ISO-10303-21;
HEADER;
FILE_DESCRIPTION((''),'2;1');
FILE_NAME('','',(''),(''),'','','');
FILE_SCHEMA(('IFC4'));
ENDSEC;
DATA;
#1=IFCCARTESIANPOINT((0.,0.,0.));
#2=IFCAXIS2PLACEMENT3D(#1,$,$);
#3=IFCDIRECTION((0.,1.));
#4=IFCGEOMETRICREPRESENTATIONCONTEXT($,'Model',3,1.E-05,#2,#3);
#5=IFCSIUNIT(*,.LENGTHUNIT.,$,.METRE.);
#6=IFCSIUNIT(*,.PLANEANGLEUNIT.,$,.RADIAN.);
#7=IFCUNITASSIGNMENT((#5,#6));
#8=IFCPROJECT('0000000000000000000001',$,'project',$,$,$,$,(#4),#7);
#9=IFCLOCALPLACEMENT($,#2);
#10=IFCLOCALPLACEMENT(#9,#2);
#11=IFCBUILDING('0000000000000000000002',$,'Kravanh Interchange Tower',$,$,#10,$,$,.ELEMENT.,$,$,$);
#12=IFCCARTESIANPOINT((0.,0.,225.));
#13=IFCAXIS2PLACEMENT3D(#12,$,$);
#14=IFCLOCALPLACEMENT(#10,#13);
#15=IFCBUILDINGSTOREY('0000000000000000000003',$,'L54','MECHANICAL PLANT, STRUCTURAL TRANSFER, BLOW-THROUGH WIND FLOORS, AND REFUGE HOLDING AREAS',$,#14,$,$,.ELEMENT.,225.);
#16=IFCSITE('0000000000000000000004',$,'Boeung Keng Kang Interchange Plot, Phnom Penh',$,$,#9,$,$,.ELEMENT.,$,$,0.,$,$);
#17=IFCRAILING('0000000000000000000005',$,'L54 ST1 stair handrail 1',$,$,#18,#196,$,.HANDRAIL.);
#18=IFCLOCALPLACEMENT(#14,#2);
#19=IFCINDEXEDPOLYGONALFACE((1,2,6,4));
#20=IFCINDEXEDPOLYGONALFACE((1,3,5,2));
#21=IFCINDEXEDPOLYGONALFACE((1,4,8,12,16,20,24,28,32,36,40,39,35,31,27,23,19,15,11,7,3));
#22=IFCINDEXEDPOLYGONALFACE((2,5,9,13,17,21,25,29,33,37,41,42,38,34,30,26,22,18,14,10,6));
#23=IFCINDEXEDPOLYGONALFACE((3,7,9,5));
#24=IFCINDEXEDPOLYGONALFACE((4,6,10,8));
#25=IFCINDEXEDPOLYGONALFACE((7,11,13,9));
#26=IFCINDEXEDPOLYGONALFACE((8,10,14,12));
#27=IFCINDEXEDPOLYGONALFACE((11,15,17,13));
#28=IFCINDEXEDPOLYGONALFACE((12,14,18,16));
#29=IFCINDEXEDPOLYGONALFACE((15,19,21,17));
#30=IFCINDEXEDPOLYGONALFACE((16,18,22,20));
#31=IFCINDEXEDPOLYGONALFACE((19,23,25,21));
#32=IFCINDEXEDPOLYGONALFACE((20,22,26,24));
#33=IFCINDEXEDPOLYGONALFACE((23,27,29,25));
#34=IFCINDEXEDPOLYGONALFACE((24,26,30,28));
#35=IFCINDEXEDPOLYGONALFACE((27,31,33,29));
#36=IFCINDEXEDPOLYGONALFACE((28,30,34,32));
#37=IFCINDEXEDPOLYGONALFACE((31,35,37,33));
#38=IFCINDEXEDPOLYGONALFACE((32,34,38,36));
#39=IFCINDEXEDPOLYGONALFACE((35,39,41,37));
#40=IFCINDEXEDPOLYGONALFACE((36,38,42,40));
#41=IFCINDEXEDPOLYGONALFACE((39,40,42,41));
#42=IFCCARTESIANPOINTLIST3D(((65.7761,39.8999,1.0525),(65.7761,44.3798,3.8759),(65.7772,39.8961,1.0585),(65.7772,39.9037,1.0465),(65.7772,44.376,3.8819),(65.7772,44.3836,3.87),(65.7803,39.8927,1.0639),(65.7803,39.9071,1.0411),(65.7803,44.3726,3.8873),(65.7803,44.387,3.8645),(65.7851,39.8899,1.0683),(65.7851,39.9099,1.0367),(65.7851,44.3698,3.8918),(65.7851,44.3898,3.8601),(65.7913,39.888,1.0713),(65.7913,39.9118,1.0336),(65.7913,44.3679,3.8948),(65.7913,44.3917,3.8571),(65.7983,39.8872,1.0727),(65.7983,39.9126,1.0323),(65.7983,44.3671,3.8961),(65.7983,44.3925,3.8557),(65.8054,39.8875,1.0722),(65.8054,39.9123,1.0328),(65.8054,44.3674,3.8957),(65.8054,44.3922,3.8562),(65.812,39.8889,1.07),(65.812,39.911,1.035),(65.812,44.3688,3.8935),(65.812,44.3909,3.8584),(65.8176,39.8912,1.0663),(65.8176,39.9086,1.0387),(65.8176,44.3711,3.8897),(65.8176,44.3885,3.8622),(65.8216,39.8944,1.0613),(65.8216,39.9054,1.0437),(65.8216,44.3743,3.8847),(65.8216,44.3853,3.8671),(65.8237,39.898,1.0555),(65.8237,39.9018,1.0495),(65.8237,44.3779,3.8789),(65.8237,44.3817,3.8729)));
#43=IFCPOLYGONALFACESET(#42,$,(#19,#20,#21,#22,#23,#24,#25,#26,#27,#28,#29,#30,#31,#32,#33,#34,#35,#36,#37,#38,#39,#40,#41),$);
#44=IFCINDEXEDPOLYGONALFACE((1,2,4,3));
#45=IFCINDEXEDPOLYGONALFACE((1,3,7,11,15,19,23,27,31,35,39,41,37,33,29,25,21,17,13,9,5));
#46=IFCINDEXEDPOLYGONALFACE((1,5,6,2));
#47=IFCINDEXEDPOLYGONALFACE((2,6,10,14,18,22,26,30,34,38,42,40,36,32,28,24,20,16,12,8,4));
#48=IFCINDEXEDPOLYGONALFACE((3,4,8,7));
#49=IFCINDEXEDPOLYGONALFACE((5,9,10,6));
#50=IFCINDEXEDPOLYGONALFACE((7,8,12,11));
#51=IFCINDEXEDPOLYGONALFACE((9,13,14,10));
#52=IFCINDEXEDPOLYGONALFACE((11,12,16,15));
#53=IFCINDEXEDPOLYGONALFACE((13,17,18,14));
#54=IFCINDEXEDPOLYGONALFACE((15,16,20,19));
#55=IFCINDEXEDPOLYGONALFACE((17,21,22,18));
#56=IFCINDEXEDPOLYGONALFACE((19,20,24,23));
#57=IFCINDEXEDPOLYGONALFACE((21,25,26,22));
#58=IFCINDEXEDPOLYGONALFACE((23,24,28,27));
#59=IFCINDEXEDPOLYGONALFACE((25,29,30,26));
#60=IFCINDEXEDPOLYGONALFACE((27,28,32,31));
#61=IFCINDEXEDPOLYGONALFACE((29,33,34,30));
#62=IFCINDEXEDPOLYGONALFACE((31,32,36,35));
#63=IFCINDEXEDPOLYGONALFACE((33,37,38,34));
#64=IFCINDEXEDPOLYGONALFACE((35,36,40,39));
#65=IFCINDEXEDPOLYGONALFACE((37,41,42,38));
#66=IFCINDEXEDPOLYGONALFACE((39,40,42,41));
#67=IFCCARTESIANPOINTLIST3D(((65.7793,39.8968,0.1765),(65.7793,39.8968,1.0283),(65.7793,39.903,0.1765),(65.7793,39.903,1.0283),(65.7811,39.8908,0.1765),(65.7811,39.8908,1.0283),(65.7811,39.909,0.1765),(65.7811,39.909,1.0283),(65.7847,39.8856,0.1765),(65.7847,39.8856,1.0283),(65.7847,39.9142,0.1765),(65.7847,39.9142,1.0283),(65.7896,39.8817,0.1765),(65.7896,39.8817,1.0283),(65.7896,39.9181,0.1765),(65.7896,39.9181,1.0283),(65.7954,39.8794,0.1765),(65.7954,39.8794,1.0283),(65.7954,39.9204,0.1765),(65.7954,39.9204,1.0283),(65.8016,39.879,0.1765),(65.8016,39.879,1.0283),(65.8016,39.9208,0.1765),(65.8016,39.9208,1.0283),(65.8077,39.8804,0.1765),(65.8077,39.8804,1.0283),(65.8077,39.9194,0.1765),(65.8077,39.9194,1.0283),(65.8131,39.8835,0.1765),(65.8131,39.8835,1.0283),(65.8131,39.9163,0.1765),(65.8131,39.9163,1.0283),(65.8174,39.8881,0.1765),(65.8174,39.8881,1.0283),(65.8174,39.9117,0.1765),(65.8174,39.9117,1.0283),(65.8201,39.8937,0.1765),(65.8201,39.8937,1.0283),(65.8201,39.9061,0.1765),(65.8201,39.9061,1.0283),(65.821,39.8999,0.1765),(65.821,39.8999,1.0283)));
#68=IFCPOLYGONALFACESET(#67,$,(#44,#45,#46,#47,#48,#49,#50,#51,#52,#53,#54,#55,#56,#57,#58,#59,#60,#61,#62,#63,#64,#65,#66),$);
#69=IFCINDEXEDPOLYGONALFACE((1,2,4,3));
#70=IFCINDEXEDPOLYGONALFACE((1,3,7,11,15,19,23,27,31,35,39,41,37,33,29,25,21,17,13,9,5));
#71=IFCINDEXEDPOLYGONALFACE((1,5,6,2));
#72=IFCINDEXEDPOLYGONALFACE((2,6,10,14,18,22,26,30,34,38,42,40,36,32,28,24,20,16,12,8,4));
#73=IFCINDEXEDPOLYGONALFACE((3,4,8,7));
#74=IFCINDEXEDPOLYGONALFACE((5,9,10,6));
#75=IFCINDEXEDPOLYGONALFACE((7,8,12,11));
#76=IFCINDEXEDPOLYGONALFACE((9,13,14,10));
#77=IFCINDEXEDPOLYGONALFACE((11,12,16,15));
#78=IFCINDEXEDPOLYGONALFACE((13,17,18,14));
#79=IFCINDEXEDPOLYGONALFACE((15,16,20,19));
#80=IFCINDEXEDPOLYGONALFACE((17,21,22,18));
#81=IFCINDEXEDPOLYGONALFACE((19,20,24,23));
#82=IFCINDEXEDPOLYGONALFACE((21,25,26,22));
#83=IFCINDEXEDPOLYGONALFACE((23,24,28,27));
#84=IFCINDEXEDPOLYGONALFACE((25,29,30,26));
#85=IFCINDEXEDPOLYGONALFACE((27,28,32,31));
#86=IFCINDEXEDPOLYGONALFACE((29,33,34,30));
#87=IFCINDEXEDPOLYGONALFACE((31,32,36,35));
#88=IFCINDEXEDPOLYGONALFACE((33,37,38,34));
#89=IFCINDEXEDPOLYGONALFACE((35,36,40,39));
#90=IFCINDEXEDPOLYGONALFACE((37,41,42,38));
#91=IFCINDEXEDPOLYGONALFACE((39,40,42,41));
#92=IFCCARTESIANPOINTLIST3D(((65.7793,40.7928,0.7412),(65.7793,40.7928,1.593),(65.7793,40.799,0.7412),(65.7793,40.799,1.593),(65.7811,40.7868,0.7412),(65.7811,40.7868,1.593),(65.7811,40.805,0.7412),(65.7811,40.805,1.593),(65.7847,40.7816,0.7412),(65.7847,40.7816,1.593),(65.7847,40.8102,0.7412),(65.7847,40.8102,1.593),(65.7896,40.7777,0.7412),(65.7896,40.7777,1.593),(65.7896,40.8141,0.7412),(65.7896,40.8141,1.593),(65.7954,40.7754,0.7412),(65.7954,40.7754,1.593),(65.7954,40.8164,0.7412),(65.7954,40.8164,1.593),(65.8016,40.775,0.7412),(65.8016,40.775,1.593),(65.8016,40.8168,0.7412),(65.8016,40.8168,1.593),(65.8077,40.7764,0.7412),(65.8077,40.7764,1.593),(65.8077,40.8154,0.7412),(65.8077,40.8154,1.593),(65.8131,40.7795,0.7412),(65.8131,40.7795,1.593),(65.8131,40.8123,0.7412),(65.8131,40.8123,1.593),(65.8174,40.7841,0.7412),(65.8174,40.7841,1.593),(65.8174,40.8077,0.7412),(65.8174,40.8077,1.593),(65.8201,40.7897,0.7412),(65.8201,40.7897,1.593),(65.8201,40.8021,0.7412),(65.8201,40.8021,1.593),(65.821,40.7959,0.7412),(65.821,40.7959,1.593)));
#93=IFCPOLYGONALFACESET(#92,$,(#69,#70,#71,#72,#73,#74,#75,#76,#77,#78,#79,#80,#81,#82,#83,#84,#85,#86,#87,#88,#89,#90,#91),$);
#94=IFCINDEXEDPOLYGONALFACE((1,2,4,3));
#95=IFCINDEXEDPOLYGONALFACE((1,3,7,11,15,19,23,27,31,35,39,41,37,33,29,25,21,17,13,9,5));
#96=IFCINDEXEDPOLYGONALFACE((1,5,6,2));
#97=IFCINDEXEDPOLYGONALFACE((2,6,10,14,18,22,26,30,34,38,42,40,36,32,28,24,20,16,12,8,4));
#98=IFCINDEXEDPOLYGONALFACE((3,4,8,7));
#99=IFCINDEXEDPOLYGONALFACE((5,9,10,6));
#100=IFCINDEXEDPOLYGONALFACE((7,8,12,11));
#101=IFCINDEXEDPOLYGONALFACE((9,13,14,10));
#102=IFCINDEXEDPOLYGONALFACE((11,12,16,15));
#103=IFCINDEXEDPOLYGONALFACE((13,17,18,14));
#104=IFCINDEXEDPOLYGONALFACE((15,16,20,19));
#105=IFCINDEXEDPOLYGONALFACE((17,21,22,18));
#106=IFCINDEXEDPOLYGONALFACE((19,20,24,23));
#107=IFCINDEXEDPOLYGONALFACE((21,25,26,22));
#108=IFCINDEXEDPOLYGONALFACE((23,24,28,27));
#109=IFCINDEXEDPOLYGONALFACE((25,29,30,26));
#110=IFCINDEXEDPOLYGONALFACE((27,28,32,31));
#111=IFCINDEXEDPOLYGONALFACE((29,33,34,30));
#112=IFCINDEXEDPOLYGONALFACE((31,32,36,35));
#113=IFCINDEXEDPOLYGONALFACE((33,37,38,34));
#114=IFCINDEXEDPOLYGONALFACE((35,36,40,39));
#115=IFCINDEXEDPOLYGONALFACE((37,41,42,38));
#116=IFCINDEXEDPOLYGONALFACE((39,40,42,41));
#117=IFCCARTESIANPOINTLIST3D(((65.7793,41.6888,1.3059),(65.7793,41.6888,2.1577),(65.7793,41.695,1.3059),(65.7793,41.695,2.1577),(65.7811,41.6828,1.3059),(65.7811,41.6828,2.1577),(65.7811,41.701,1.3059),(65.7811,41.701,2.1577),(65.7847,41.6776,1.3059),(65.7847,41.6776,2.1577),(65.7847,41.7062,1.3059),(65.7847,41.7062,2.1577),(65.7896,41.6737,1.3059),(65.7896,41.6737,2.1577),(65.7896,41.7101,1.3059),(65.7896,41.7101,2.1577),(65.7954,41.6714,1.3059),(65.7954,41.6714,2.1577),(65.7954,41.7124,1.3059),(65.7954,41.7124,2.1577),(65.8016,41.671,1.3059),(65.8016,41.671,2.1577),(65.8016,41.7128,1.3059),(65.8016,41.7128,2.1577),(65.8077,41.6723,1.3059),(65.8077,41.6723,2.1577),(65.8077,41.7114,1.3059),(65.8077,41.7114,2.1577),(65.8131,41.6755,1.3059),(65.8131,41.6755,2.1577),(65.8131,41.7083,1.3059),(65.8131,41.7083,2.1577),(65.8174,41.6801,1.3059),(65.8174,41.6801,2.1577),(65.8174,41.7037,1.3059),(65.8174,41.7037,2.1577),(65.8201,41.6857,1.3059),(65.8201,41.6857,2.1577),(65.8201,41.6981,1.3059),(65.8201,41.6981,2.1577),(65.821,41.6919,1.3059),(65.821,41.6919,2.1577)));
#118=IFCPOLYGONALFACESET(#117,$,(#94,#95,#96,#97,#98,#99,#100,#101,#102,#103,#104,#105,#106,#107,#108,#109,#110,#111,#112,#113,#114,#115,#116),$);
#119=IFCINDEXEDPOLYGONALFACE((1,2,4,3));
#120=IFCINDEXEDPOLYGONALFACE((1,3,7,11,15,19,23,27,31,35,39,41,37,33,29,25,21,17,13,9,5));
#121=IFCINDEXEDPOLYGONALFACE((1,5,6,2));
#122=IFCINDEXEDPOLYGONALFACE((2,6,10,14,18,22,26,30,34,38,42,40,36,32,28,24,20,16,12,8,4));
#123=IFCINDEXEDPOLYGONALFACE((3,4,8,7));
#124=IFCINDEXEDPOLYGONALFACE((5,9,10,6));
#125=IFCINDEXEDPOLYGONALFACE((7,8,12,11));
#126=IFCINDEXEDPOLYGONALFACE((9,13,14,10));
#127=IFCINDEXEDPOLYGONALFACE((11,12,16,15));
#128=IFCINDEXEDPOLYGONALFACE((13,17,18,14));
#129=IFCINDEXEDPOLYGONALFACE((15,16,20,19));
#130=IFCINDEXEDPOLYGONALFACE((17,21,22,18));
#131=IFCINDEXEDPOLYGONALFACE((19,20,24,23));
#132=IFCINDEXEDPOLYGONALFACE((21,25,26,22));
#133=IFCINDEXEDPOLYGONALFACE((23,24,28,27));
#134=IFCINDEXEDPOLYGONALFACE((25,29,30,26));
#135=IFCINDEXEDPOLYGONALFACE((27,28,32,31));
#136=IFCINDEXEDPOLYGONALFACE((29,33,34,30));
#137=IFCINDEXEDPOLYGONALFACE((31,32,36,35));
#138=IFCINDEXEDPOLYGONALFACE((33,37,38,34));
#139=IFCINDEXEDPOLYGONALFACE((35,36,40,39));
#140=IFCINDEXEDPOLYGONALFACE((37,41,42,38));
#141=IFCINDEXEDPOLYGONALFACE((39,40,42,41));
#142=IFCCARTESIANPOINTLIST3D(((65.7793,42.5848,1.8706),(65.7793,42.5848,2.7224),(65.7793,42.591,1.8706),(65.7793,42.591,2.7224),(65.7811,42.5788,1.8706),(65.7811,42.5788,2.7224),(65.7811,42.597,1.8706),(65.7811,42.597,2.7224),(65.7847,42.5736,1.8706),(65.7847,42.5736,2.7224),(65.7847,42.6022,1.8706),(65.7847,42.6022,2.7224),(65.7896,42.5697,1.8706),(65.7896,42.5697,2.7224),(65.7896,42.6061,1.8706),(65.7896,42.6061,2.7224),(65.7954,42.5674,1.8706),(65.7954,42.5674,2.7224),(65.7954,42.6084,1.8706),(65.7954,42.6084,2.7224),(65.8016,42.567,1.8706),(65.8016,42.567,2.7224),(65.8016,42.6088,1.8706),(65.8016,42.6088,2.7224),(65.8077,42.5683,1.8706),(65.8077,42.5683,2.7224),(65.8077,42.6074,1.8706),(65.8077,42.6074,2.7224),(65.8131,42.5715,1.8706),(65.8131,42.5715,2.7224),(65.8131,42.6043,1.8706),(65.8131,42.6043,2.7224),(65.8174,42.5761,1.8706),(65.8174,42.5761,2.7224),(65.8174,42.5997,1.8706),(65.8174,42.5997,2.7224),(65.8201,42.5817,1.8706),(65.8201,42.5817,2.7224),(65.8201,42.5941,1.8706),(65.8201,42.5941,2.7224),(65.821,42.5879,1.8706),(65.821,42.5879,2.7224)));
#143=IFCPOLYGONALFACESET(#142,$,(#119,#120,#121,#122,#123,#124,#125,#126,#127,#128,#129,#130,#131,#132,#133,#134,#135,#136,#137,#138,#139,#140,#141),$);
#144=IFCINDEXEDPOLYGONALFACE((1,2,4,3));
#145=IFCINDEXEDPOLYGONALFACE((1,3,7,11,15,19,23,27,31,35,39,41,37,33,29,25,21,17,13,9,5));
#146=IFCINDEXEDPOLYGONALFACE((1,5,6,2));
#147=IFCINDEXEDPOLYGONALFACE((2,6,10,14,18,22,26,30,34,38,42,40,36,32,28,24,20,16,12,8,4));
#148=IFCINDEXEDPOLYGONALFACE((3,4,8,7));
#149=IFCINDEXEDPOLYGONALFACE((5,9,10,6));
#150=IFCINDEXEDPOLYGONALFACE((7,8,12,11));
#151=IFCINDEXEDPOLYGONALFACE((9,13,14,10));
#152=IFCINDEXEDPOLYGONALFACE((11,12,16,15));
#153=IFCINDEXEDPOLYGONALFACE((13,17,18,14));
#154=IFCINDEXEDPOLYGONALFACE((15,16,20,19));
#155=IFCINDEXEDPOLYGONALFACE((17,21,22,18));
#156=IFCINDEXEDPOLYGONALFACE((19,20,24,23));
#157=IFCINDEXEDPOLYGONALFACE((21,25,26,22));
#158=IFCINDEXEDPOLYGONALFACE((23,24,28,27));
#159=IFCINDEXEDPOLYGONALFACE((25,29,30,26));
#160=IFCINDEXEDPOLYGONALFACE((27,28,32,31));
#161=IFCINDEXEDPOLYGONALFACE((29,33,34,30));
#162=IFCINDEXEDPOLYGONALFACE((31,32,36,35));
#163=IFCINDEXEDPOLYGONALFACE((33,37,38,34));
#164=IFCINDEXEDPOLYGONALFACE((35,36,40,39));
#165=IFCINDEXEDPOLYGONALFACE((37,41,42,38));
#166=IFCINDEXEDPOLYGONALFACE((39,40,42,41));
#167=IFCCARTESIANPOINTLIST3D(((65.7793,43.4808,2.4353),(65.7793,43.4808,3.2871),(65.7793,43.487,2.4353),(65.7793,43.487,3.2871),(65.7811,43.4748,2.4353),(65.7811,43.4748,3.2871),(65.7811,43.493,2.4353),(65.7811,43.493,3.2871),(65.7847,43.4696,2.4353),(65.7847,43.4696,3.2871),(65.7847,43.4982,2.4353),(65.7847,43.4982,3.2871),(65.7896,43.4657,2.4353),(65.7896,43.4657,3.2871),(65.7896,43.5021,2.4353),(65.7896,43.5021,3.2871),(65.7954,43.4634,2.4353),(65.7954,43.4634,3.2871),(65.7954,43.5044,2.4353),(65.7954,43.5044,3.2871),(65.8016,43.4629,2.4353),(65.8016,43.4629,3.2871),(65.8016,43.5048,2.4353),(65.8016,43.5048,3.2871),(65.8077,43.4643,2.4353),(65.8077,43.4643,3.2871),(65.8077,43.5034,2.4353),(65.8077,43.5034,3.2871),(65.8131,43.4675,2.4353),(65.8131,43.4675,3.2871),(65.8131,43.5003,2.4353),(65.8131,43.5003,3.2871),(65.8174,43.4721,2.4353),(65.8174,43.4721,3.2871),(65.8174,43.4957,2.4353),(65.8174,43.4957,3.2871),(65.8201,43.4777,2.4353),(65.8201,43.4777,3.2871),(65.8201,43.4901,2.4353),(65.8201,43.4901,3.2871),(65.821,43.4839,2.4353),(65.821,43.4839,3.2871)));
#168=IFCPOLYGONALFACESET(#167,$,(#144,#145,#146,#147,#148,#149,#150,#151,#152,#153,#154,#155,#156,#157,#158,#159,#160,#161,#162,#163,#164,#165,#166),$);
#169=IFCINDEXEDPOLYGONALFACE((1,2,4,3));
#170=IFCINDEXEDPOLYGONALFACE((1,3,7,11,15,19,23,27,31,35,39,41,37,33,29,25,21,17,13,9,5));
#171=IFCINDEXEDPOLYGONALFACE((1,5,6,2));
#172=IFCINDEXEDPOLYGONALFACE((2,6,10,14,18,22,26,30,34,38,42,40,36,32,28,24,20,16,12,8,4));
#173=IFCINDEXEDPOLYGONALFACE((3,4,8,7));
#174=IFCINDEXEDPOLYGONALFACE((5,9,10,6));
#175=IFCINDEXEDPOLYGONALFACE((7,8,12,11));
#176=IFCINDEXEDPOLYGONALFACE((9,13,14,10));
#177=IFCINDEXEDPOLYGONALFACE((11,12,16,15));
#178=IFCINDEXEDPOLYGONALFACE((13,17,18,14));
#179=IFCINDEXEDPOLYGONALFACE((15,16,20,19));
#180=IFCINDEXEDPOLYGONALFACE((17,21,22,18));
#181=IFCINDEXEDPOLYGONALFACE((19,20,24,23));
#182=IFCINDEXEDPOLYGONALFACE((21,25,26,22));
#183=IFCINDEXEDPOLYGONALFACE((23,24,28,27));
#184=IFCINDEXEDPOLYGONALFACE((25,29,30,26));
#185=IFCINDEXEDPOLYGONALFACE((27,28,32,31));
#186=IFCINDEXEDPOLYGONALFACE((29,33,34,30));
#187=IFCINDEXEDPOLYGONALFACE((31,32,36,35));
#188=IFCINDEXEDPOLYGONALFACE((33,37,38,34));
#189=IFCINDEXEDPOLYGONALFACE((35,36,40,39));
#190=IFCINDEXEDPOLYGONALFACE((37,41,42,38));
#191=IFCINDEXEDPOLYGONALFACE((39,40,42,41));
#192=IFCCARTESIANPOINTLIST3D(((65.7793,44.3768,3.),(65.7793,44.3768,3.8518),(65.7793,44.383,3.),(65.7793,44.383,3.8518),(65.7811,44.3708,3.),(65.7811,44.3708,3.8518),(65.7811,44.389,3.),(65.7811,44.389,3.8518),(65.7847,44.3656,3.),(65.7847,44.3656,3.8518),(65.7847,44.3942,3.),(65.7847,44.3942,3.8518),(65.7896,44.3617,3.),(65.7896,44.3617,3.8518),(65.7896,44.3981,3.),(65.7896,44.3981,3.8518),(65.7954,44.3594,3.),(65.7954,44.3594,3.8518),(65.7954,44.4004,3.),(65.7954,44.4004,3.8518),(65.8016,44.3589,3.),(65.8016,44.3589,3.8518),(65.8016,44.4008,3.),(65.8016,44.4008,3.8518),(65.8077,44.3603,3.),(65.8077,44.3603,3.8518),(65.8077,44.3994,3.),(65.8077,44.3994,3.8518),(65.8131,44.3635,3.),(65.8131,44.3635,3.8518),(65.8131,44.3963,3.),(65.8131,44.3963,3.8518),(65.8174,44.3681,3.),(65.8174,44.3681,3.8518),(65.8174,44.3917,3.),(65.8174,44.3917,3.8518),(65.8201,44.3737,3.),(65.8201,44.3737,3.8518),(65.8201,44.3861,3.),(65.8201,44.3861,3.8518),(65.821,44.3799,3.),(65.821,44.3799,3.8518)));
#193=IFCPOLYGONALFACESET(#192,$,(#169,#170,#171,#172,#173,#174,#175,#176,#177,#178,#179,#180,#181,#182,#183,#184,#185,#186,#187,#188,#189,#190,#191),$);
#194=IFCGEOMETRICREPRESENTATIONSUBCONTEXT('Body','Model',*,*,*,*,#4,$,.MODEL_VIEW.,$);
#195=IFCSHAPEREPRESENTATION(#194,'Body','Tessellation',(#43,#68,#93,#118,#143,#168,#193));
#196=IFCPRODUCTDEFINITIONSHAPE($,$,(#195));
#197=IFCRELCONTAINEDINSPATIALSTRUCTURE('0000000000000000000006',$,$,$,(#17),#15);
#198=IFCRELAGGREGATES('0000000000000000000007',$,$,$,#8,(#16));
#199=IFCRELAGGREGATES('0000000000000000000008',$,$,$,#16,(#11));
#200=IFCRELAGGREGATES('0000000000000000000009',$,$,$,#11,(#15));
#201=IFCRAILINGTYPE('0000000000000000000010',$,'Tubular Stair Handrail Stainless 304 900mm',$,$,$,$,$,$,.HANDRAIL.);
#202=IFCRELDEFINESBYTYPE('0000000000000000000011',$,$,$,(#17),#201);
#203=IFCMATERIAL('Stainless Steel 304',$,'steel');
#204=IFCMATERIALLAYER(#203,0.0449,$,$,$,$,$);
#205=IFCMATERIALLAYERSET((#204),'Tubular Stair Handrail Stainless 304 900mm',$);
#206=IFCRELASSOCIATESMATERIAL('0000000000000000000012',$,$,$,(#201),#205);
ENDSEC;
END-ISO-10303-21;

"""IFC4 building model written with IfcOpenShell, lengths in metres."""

from ifc_helpers import new_model, si_unit, direction, frame, origin, origin_2d, place, context, subcontext, project, spatial, circle, extrude, material, layer, layer_set, type_object, element, save


model = new_model("IFC4")

# Units and contexts
model_context = context("Model", 3, precision=1e-05, world=origin(), true_north=direction((0.0, 1.0)))
body_context = subcontext(model_context, "Body", "Model", "MODEL_VIEW")
ifc_project = project(units=[si_unit("LENGTHUNIT", "METRE"), si_unit("PLANEANGLEUNIT", "RADIAN")], contexts=[model_context])

# Site, building, storey
site_placement = place(None, origin())
site = spatial("IfcSite", under=ifc_project, at=site_placement, Name="Boeung Keng Kang Interchange Plot, Phnom Penh", CompositionType="ELEMENT", RefElevation=0.0)
building_placement = place(site_placement, origin())
building = spatial("IfcBuilding", under=site, at=building_placement, Name="Kravanh Interchange Tower", CompositionType="ELEMENT")
storey_placement = place(building_placement, frame((0.0, 0.0, 225.0)))
storey = spatial("IfcBuildingStorey", under=building, at=storey_placement, Name="L54", Description="MECHANICAL PLANT, STRUCTURAL TRANSFER, BLOW-THROUGH WIND FLOORS, AND REFUGE HOLDING AREAS", CompositionType="ELEMENT", Elevation=225.0)

# Railing
ifc_material_1 = material(Name="Stainless Steel 304", Category="steel")
ifc_layer_1 = layer(ifc_material_1, 0.0449)
ifc_layer_set_1 = layer_set([ifc_layer_1], Name="Tubular Stair Handrail Stainless 304 900mm")
railing_type_1 = type_object("IfcRailingType", Name="Tubular Stair Handrail Stainless 304 900mm", PredefinedType="HANDRAIL", material=ifc_layer_set_1)
railing_1_placement = place(storey_placement, frame((65.8, 39.8999, 0.1765)))
element("IfcRailing", 1, at=railing_1_placement, inside=storey, type_object=railing_type_1, Name="L54 ST1 stair handrail 1", PredefinedType="HANDRAIL", context=body_context, shape_type="SweptSolid", body=[
    extrude(circle(Radius=0.0239, at=origin_2d()), frame((0.0, 0.0, 0.876), z_axis=(0.0, 0.845998, 0.533186), x_axis=(-1.0, 0.0, 0.0)), (0.0, 0.0, 1.0), 5.2954),
    extrude(circle(Radius=0.021, at=origin_2d()), origin(), (0.0, 0.0, 1.0), 0.8518),
    extrude(circle(Radius=0.021, at=origin_2d()), frame((0.0, 0.896, 0.5647)), (0.0, 0.0, 1.0), 0.8518),
    extrude(circle(Radius=0.021, at=origin_2d()), frame((0.0, 1.792, 1.1294)), (0.0, 0.0, 1.0), 0.8518),
    extrude(circle(Radius=0.021, at=origin_2d()), frame((0.0, 2.688, 1.6941)), (0.0, 0.0, 1.0), 0.8518),
    extrude(circle(Radius=0.021, at=origin_2d()), frame((0.0, 3.584, 2.2588)), (0.0, 0.0, 1.0), 0.8518),
    extrude(circle(Radius=0.021, at=origin_2d()), frame((0.0, 4.48, 2.8235)), (0.0, 0.0, 1.0), 0.8518),
])

save(model, "model.ifc")
